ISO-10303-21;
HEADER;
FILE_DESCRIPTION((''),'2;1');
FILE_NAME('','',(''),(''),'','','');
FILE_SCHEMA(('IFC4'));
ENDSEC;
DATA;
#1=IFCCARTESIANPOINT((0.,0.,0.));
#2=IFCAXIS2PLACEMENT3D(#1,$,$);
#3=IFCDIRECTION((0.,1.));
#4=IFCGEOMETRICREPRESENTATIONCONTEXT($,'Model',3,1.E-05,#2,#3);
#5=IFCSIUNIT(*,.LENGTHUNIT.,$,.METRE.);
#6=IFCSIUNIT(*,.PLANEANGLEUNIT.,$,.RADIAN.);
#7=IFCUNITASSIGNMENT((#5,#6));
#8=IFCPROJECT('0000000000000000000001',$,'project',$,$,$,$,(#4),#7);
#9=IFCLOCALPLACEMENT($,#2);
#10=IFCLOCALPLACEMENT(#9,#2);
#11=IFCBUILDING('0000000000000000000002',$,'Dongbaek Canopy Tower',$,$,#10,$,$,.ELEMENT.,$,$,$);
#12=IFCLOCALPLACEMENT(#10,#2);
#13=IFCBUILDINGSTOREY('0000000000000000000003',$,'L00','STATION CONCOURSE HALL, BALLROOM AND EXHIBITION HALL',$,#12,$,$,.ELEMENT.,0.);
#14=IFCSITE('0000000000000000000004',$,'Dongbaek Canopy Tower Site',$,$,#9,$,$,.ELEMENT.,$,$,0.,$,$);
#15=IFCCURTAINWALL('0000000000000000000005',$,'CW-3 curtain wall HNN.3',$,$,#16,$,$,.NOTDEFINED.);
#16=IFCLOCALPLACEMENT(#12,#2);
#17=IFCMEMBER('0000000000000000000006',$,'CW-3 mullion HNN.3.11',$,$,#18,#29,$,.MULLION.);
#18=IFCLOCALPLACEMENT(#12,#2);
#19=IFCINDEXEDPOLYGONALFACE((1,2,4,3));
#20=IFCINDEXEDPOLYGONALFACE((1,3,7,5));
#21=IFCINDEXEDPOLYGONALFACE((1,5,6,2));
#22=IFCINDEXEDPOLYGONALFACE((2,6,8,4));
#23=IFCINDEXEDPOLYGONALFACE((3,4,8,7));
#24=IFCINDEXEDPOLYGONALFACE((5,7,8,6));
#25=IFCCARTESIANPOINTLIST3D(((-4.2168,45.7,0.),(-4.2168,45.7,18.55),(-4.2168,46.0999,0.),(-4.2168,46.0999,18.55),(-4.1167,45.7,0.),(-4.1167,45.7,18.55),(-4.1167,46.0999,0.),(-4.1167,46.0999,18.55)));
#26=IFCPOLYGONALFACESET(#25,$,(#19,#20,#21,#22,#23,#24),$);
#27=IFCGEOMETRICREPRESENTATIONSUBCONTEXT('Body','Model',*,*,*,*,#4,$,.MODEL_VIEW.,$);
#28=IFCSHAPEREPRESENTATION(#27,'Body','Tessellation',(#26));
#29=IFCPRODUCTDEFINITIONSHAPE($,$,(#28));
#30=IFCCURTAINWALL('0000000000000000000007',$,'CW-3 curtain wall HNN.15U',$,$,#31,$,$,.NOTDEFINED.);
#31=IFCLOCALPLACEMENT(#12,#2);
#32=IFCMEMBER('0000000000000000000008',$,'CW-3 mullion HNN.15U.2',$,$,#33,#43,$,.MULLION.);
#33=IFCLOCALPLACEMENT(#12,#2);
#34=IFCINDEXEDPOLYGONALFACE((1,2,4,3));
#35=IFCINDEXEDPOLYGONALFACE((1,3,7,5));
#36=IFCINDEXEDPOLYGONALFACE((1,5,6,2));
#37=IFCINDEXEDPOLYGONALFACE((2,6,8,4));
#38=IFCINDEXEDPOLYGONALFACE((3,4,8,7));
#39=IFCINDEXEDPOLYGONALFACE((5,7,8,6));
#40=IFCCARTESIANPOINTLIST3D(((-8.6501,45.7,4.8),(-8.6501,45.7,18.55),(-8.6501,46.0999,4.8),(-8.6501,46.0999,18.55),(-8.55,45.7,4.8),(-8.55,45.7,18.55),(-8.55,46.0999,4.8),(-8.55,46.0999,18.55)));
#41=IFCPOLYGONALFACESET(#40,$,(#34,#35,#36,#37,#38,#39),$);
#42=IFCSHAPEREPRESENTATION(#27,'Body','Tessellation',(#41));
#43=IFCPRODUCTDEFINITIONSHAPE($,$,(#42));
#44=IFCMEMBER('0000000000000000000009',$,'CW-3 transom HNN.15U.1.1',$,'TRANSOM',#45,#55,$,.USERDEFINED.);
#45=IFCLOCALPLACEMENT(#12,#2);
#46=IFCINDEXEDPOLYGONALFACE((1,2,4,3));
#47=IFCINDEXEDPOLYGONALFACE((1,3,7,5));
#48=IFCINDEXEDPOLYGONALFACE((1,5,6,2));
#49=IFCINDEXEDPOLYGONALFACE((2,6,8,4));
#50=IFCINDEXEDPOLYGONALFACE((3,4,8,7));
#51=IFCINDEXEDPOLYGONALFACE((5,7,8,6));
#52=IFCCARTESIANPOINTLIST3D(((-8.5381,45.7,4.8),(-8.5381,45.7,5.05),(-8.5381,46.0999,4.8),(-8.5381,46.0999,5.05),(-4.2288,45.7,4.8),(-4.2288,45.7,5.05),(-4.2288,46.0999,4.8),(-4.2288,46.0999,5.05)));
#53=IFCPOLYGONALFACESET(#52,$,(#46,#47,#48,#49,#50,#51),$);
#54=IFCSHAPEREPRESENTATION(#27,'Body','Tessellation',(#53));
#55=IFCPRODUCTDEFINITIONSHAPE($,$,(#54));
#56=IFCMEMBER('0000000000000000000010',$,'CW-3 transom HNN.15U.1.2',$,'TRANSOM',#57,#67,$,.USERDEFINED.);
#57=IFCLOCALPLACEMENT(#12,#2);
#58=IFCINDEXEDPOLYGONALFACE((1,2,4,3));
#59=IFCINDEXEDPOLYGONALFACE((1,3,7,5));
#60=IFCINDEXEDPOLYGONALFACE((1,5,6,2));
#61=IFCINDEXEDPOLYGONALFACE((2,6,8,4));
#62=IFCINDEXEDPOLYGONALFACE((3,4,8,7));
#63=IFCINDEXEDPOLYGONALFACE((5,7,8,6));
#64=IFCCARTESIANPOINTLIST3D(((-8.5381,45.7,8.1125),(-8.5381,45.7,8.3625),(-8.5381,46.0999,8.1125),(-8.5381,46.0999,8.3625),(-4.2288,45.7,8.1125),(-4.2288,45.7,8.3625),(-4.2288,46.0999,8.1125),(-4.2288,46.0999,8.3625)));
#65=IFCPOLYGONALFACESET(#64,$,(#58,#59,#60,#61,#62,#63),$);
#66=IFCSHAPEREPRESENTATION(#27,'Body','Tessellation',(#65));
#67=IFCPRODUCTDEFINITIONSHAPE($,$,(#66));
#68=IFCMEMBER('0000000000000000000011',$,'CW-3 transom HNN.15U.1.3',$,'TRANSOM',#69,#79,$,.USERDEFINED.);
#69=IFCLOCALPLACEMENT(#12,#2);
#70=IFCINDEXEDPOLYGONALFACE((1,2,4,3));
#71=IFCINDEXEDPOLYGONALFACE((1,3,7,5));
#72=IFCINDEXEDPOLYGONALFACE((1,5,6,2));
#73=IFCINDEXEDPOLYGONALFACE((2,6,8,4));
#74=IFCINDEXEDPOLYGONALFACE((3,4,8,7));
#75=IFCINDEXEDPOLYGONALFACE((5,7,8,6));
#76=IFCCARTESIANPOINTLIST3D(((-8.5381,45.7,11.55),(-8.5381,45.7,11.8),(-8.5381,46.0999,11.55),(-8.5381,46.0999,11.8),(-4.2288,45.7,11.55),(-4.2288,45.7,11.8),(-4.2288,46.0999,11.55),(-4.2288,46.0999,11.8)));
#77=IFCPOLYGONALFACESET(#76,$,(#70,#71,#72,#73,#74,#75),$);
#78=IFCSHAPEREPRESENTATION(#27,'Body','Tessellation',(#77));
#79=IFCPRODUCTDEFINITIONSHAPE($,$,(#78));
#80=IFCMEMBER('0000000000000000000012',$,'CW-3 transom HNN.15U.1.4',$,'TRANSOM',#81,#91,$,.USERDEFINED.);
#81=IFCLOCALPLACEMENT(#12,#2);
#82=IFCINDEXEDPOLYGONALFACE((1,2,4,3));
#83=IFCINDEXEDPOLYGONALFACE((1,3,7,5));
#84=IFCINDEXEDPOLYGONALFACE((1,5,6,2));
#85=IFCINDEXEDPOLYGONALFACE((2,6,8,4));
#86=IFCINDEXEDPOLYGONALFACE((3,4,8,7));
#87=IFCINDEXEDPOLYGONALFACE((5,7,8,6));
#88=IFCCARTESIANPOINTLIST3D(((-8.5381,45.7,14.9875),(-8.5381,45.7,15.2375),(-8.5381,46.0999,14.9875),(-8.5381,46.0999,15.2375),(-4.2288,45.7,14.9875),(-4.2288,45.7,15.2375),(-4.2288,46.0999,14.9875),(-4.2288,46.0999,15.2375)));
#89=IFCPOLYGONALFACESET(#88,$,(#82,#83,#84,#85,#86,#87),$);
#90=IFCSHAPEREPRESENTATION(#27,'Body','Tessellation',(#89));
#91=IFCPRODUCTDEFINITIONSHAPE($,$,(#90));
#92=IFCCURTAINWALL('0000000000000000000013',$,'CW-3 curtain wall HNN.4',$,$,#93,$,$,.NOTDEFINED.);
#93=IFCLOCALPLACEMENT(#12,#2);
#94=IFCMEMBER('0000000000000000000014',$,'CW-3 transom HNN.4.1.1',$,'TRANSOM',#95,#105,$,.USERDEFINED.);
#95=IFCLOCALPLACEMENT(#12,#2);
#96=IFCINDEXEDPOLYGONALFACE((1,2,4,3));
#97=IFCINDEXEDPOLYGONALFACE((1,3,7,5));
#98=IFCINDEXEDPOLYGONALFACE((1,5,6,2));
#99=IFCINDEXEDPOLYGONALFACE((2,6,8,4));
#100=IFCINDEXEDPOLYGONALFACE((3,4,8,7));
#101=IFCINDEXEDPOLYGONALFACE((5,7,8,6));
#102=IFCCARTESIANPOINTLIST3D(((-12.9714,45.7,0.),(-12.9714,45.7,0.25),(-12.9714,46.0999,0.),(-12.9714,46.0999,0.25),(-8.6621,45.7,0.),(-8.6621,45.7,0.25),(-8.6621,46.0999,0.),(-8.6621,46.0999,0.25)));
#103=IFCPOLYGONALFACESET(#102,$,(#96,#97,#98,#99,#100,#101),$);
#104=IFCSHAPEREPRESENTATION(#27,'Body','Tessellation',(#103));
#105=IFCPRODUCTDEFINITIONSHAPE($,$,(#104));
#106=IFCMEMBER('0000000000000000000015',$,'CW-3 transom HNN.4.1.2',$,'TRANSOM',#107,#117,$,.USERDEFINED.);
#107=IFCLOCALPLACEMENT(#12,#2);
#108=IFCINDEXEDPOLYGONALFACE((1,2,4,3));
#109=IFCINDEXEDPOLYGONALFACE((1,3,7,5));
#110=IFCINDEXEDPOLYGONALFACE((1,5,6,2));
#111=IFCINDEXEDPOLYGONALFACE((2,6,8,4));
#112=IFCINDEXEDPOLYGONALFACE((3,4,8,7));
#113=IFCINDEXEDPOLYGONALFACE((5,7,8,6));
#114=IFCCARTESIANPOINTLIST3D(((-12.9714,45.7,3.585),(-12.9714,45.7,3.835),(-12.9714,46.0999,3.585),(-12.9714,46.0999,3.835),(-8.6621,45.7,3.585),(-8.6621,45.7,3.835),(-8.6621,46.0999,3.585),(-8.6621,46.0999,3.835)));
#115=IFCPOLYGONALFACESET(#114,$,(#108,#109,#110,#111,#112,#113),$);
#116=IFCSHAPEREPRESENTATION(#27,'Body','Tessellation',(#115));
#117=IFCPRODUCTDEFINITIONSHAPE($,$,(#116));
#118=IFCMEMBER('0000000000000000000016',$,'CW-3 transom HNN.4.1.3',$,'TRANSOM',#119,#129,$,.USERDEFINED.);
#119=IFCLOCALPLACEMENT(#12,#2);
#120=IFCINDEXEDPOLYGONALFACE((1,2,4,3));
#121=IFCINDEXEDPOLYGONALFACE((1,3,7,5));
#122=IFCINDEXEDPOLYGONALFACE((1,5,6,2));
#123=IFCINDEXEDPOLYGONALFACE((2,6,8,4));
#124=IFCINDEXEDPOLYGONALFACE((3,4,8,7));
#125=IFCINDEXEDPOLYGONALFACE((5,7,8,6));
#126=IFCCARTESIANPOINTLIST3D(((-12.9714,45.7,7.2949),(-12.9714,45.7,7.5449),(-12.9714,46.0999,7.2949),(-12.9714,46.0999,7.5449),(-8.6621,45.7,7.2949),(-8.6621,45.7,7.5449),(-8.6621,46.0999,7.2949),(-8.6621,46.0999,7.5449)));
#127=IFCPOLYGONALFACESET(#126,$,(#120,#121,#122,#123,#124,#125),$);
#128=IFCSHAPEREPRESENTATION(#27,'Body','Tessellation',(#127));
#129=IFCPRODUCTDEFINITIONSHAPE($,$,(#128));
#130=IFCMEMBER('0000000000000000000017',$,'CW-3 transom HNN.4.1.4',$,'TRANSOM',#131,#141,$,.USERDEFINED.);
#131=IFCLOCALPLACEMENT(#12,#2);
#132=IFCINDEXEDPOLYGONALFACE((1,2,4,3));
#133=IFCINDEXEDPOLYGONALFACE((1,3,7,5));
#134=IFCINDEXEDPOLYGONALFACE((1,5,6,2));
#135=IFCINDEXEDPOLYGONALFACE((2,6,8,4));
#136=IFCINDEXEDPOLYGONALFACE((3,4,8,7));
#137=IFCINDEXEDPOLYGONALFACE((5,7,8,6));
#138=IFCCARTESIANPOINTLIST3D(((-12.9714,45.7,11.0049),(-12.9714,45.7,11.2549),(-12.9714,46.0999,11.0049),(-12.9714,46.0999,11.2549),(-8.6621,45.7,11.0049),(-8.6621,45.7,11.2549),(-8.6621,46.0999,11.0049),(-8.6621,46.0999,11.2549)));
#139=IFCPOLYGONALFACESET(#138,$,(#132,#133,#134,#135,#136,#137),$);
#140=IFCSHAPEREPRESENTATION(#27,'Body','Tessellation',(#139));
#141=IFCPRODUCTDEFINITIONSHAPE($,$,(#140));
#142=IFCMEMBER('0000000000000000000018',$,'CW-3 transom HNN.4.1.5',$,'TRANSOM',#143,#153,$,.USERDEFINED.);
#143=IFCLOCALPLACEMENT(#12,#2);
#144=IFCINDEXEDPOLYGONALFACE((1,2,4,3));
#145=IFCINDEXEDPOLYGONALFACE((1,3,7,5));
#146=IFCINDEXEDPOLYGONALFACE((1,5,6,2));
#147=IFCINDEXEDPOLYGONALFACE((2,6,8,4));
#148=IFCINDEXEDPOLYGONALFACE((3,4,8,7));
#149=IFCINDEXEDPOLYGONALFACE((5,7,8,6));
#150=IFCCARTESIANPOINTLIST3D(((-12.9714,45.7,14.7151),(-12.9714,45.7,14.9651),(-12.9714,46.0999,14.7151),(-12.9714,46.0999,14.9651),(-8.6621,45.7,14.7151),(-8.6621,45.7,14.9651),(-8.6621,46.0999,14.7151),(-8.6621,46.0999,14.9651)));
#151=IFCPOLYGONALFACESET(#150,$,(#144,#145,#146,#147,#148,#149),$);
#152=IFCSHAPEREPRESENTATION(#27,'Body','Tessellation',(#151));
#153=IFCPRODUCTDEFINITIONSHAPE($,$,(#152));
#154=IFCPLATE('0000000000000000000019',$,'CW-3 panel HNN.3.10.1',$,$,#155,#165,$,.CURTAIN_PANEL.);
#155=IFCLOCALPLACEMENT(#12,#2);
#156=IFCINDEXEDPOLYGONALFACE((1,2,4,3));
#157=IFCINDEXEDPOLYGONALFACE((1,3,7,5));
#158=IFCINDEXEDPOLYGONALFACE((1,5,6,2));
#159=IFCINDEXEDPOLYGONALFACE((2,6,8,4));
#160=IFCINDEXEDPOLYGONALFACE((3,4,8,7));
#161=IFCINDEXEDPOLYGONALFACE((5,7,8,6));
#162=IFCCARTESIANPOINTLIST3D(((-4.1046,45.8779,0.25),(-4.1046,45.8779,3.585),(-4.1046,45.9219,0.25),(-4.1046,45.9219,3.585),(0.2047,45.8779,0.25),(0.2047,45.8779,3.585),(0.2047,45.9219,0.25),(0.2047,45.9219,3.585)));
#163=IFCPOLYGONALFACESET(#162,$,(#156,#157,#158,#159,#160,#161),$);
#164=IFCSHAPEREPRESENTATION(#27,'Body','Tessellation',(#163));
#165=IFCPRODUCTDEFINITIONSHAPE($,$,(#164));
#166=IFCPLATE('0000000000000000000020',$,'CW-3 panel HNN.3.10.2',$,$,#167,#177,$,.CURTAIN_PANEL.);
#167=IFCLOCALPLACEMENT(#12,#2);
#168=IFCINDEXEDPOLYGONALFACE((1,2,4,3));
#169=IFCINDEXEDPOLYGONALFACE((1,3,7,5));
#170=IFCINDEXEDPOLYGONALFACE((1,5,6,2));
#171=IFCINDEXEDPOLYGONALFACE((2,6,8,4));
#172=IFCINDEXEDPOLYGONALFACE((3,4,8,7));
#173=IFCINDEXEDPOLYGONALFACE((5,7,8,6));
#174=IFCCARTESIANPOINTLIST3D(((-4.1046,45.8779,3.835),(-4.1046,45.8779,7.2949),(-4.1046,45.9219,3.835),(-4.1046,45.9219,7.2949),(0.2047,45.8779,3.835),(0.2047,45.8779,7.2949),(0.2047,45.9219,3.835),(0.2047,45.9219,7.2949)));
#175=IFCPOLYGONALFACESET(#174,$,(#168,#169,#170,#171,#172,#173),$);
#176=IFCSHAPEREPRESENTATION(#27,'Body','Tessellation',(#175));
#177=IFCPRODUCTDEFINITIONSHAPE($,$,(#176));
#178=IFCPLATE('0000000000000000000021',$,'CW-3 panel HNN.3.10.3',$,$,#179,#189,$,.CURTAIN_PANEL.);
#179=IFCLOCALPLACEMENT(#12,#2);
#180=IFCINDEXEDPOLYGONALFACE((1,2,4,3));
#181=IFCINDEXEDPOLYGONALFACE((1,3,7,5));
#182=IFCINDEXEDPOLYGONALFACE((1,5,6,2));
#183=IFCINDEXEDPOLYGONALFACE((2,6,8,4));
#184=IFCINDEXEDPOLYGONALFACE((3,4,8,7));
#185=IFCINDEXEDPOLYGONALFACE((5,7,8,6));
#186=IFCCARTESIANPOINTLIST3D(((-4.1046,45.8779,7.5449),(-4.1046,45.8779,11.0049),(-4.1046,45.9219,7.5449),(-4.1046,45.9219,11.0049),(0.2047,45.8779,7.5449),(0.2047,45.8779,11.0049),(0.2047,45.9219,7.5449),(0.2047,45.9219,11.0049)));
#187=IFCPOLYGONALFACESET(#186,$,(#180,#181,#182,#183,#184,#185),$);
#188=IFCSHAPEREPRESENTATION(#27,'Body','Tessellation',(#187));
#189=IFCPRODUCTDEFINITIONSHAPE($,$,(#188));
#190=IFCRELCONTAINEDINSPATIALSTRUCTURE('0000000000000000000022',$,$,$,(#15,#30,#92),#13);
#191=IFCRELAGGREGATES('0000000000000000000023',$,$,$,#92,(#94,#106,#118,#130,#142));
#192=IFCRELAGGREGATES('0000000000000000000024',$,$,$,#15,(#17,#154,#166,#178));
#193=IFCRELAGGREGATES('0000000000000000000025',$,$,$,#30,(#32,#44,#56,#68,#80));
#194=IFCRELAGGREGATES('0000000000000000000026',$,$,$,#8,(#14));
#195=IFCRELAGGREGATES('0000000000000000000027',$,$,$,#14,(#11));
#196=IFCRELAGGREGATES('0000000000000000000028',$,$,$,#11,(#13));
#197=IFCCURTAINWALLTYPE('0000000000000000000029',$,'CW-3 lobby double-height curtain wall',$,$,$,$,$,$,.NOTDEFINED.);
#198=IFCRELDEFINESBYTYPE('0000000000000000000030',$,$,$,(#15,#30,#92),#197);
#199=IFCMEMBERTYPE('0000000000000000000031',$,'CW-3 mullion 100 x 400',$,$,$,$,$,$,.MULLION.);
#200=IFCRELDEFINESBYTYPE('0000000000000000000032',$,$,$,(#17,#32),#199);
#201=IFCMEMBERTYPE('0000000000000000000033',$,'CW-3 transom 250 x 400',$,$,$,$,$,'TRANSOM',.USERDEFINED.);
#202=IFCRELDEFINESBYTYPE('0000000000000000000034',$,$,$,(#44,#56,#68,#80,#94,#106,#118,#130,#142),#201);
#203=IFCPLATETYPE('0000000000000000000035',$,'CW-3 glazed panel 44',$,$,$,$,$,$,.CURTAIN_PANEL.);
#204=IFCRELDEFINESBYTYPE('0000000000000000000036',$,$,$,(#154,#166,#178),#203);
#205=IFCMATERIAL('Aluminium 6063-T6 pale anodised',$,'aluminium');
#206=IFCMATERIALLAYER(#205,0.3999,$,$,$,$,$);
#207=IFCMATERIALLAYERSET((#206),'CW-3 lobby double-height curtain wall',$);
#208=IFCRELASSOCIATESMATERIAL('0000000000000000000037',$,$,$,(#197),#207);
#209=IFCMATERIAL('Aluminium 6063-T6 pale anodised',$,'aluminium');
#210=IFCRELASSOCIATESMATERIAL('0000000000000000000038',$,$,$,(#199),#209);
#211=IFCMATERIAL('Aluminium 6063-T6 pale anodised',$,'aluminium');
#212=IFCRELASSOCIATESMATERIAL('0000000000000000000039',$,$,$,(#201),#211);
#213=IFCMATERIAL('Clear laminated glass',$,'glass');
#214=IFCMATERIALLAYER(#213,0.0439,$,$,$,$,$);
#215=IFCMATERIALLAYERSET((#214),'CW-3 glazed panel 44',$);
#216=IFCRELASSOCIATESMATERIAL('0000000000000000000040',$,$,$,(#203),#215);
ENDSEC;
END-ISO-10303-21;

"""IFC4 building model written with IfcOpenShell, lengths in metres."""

from ifc_helpers import new_model, si_unit, direction, frame, origin, origin_2d, place, context, subcontext, project, spatial, rectangle, extrude, material, layer, layer_set, material_profile, profile_set, type_object, element, aggregate, save


model = new_model("IFC4")

# Units and contexts
model_context = context("Model", 3, precision=1e-05, world=origin(), true_north=direction((0.0, 1.0)))
body_context = subcontext(model_context, "Body", "Model", "MODEL_VIEW")
ifc_project = project(units=[si_unit("LENGTHUNIT", "METRE"), si_unit("PLANEANGLEUNIT", "RADIAN")], contexts=[model_context])

# Site, building, storey
site_placement = place(None, origin())
site = spatial("IfcSite", under=ifc_project, at=site_placement, Name="Dongbaek Canopy Tower Site", CompositionType="ELEMENT", RefElevation=0.0)
building_placement = place(site_placement, origin())
building = spatial("IfcBuilding", under=site, at=building_placement, Name="Dongbaek Canopy Tower", CompositionType="ELEMENT")
storey_placement = place(building_placement, origin())
storey = spatial("IfcBuildingStorey", under=building, at=storey_placement, Name="L00", Description="STATION CONCOURSE HALL, BALLROOM AND EXHIBITION HALL", CompositionType="ELEMENT", Elevation=0.0)

# Curtain wall, member
ifc_material_1 = material(Name="Aluminium 6063-T6 pale anodised", Category="aluminium")
ifc_layer_1 = layer(ifc_material_1, 0.3999)
ifc_layer_set_1 = layer_set([ifc_layer_1], Name="CW-3 lobby double-height curtain wall")
curtain_wall_type = type_object("IfcCurtainWallType", Name="CW-3 lobby double-height curtain wall", PredefinedType="NOTDEFINED", material=ifc_layer_set_1)
curtain_wall_1_placement = place(storey_placement, origin())
curtain_wall_1 = element("IfcCurtainWall", 1, at=curtain_wall_1_placement, inside=storey, type_object=curtain_wall_type, Name="CW-3 curtain wall HNN.3", PredefinedType="NOTDEFINED")
ifc_material_2 = material(Name="Aluminium 6063-T6 pale anodised", Category="aluminium")
ifc_material_profile_1 = material_profile(ifc_material_2, rectangle(XDim=0.3999, YDim=0.1001, at=origin_2d()), Name="CW-3 mullion 100 x 400")
ifc_profile_set_1 = profile_set([ifc_material_profile_1], Name="Aluminium 6063-T6 pale anodised")
member_type_1 = type_object("IfcMemberType", Name="CW-3 mullion 100 x 400", PredefinedType="MULLION", material=ifc_profile_set_1)
member_1_placement = place(storey_placement, frame((-4.1667, 45.8999, 0.0), z_axis=(0.0, 0.0, 1.0), x_axis=(0.0, 1.0, 0.0)))
member_1 = element("IfcMember", 2, at=member_1_placement, type_object=member_type_1, Name="CW-3 mullion HNN.3.11", PredefinedType="MULLION", context=body_context, shape_type="SweptSolid", body=[
    extrude(rectangle(XDim=0.3999, YDim=0.1001, at=origin_2d()), origin(), (0.0, 0.0, 1.0), 18.55),
])

# Curtain walls, members
curtain_wall_2_placement = place(storey_placement, origin())
curtain_wall_2 = element("IfcCurtainWall", 3, at=curtain_wall_2_placement, inside=storey, type_object=curtain_wall_type, Name="CW-3 curtain wall HNN.15U", PredefinedType="NOTDEFINED")
member_2_placement = place(storey_placement, frame((-8.6001, 45.8999, 4.8), z_axis=(0.0, 0.0, 1.0), x_axis=(0.0, 1.0, 0.0)))
member_2 = element("IfcMember", 4, at=member_2_placement, type_object=member_type_1, Name="CW-3 mullion HNN.15U.2", PredefinedType="MULLION", context=body_context, shape_type="SweptSolid", body=[
    extrude(rectangle(XDim=0.3999, YDim=0.1001, at=origin_2d()), origin(), (0.0, 0.0, 1.0), 13.75),
])
ifc_material_3 = material(Name="Aluminium 6063-T6 pale anodised", Category="aluminium")
ifc_material_profile_2 = material_profile(ifc_material_3, rectangle(XDim=0.3999, YDim=0.25, at=origin_2d()), Name="CW-3 transom 250 x 400")
ifc_profile_set_2 = profile_set([ifc_material_profile_2], Name="Aluminium 6063-T6 pale anodised")
member_type_2 = type_object("IfcMemberType", Name="CW-3 transom 250 x 400", ElementType="TRANSOM", PredefinedType="USERDEFINED", material=ifc_profile_set_2)
member_3_placement = place(storey_placement, frame((-4.2288, 45.8999, 4.925), z_axis=(-1.0, 0.0, 0.0), x_axis=(0.0, -1.0, 0.0)))
member_3 = element("IfcMember", 5, at=member_3_placement, type_object=member_type_2, Name="CW-3 transom HNN.15U.1.1", ObjectType="TRANSOM", PredefinedType="USERDEFINED", context=body_context, shape_type="SweptSolid", body=[
    extrude(rectangle(XDim=0.3999, YDim=0.25, at=origin_2d()), origin(), (0.0, 0.0, 1.0), 4.3093),
])
member_4_placement = place(storey_placement, frame((-4.2288, 45.8999, 8.2375), z_axis=(-1.0, 0.0, 0.0), x_axis=(0.0, -1.0, 0.0)))
member_4 = element("IfcMember", 6, at=member_4_placement, type_object=member_type_2, Name="CW-3 transom HNN.15U.1.2", ObjectType="TRANSOM", PredefinedType="USERDEFINED", context=body_context, shape_type="SweptSolid", body=[
    extrude(rectangle(XDim=0.3999, YDim=0.25, at=origin_2d()), origin(), (0.0, 0.0, 1.0), 4.3093),
])
member_5_placement = place(storey_placement, frame((-4.2288, 45.8999, 11.675), z_axis=(-1.0, 0.0, 0.0), x_axis=(0.0, -1.0, 0.0)))
member_5 = element("IfcMember", 7, at=member_5_placement, type_object=member_type_2, Name="CW-3 transom HNN.15U.1.3", ObjectType="TRANSOM", PredefinedType="USERDEFINED", context=body_context, shape_type="SweptSolid", body=[
    extrude(rectangle(XDim=0.3999, YDim=0.25, at=origin_2d()), origin(), (0.0, 0.0, 1.0), 4.3093),
])
member_6_placement = place(storey_placement, frame((-4.2288, 45.8999, 15.1125), z_axis=(-1.0, 0.0, 0.0), x_axis=(0.0, -1.0, 0.0)))
member_6 = element("IfcMember", 8, at=member_6_placement, type_object=member_type_2, Name="CW-3 transom HNN.15U.1.4", ObjectType="TRANSOM", PredefinedType="USERDEFINED", context=body_context, shape_type="SweptSolid", body=[
    extrude(rectangle(XDim=0.3999, YDim=0.25, at=origin_2d()), origin(), (0.0, 0.0, 1.0), 4.3093),
])
curtain_wall_3_placement = place(storey_placement, origin())
curtain_wall_3 = element("IfcCurtainWall", 9, at=curtain_wall_3_placement, inside=storey, type_object=curtain_wall_type, Name="CW-3 curtain wall HNN.4", PredefinedType="NOTDEFINED")
member_7_placement = place(storey_placement, frame((-8.6621, 45.8999, 0.125), z_axis=(-1.0, 0.0, 0.0), x_axis=(0.0, -1.0, 0.0)))
member_7 = element("IfcMember", 10, at=member_7_placement, type_object=member_type_2, Name="CW-3 transom HNN.4.1.1", ObjectType="TRANSOM", PredefinedType="USERDEFINED", context=body_context, shape_type="SweptSolid", body=[
    extrude(rectangle(XDim=0.3999, YDim=0.25, at=origin_2d()), origin(), (0.0, 0.0, 1.0), 4.3093),
])
member_8_placement = place(storey_placement, frame((-8.6621, 45.8999, 3.71), z_axis=(-1.0, 0.0, 0.0), x_axis=(0.0, -1.0, 0.0)))
member_8 = element("IfcMember", 11, at=member_8_placement, type_object=member_type_2, Name="CW-3 transom HNN.4.1.2", ObjectType="TRANSOM", PredefinedType="USERDEFINED", context=body_context, shape_type="SweptSolid", body=[
    extrude(rectangle(XDim=0.3999, YDim=0.25, at=origin_2d()), origin(), (0.0, 0.0, 1.0), 4.3093),
])
member_9_placement = place(storey_placement, frame((-8.6621, 45.8999, 7.4199), z_axis=(-1.0, 0.0, 0.0), x_axis=(0.0, -1.0, 0.0)))
member_9 = element("IfcMember", 12, at=member_9_placement, type_object=member_type_2, Name="CW-3 transom HNN.4.1.3", ObjectType="TRANSOM", PredefinedType="USERDEFINED", context=body_context, shape_type="SweptSolid", body=[
    extrude(rectangle(XDim=0.3999, YDim=0.25, at=origin_2d()), origin(), (0.0, 0.0, 1.0), 4.3093),
])
member_10_placement = place(storey_placement, frame((-8.6621, 45.8999, 11.1299), z_axis=(-1.0, 0.0, 0.0), x_axis=(0.0, -1.0, 0.0)))
member_10 = element("IfcMember", 13, at=member_10_placement, type_object=member_type_2, Name="CW-3 transom HNN.4.1.4", ObjectType="TRANSOM", PredefinedType="USERDEFINED", context=body_context, shape_type="SweptSolid", body=[
    extrude(rectangle(XDim=0.3999, YDim=0.25, at=origin_2d()), origin(), (0.0, 0.0, 1.0), 4.3093),
])
member_11_placement = place(storey_placement, frame((-8.6621, 45.8999, 14.8401), z_axis=(-1.0, 0.0, 0.0), x_axis=(0.0, -1.0, 0.0)))
member_11 = element("IfcMember", 14, at=member_11_placement, type_object=member_type_2, Name="CW-3 transom HNN.4.1.5", ObjectType="TRANSOM", PredefinedType="USERDEFINED", context=body_context, shape_type="SweptSolid", body=[
    extrude(rectangle(XDim=0.3999, YDim=0.25, at=origin_2d()), origin(), (0.0, 0.0, 1.0), 4.3093),
])
aggregate(curtain_wall_3, [member_7, member_8, member_9, member_10, member_11])

# Plates
ifc_material_4 = material(Name="Clear laminated glass", Category="glass")
ifc_layer_2 = layer(ifc_material_4, 0.0439)
ifc_layer_set_2 = layer_set([ifc_layer_2], Name="CW-3 glazed panel 44")
plate_type = type_object("IfcPlateType", Name="CW-3 glazed panel 44", PredefinedType="CURTAIN_PANEL", material=ifc_layer_set_2)
plate_1_placement = place(storey_placement, frame((-1.95, 45.8999, 0.25), z_axis=(0.0, 0.0, 1.0), x_axis=(-1.0, 0.0, 0.0)))
plate_1 = element("IfcPlate", 15, at=plate_1_placement, type_object=plate_type, Name="CW-3 panel HNN.3.10.1", PredefinedType="CURTAIN_PANEL", context=body_context, shape_type="SweptSolid", body=[
    extrude(rectangle(XDim=4.3093, YDim=0.0439, at=origin_2d()), origin(), (0.0, 0.0, 1.0), 3.335),
])
plate_2_placement = place(storey_placement, frame((-1.95, 45.8999, 3.835), z_axis=(0.0, 0.0, 1.0), x_axis=(-1.0, 0.0, 0.0)))
plate_2 = element("IfcPlate", 16, at=plate_2_placement, type_object=plate_type, Name="CW-3 panel HNN.3.10.2", PredefinedType="CURTAIN_PANEL", context=body_context, shape_type="SweptSolid", body=[
    extrude(rectangle(XDim=4.3093, YDim=0.0439, at=origin_2d()), origin(), (0.0, 0.0, 1.0), 3.46),
])
plate_3_placement = place(storey_placement, frame((-1.95, 45.8999, 7.5449), z_axis=(0.0, 0.0, 1.0), x_axis=(-1.0, 0.0, 0.0)))
plate_3 = element("IfcPlate", 17, at=plate_3_placement, type_object=plate_type, Name="CW-3 panel HNN.3.10.3", PredefinedType="CURTAIN_PANEL", context=body_context, shape_type="SweptSolid", body=[
    extrude(rectangle(XDim=4.3093, YDim=0.0439, at=origin_2d()), origin(), (0.0, 0.0, 1.0), 3.46),
])
aggregate(curtain_wall_1, [member_1, plate_1, plate_2, plate_3])
aggregate(curtain_wall_2, [member_2, member_3, member_4, member_5, member_6])

save(model, "model.ifc")
